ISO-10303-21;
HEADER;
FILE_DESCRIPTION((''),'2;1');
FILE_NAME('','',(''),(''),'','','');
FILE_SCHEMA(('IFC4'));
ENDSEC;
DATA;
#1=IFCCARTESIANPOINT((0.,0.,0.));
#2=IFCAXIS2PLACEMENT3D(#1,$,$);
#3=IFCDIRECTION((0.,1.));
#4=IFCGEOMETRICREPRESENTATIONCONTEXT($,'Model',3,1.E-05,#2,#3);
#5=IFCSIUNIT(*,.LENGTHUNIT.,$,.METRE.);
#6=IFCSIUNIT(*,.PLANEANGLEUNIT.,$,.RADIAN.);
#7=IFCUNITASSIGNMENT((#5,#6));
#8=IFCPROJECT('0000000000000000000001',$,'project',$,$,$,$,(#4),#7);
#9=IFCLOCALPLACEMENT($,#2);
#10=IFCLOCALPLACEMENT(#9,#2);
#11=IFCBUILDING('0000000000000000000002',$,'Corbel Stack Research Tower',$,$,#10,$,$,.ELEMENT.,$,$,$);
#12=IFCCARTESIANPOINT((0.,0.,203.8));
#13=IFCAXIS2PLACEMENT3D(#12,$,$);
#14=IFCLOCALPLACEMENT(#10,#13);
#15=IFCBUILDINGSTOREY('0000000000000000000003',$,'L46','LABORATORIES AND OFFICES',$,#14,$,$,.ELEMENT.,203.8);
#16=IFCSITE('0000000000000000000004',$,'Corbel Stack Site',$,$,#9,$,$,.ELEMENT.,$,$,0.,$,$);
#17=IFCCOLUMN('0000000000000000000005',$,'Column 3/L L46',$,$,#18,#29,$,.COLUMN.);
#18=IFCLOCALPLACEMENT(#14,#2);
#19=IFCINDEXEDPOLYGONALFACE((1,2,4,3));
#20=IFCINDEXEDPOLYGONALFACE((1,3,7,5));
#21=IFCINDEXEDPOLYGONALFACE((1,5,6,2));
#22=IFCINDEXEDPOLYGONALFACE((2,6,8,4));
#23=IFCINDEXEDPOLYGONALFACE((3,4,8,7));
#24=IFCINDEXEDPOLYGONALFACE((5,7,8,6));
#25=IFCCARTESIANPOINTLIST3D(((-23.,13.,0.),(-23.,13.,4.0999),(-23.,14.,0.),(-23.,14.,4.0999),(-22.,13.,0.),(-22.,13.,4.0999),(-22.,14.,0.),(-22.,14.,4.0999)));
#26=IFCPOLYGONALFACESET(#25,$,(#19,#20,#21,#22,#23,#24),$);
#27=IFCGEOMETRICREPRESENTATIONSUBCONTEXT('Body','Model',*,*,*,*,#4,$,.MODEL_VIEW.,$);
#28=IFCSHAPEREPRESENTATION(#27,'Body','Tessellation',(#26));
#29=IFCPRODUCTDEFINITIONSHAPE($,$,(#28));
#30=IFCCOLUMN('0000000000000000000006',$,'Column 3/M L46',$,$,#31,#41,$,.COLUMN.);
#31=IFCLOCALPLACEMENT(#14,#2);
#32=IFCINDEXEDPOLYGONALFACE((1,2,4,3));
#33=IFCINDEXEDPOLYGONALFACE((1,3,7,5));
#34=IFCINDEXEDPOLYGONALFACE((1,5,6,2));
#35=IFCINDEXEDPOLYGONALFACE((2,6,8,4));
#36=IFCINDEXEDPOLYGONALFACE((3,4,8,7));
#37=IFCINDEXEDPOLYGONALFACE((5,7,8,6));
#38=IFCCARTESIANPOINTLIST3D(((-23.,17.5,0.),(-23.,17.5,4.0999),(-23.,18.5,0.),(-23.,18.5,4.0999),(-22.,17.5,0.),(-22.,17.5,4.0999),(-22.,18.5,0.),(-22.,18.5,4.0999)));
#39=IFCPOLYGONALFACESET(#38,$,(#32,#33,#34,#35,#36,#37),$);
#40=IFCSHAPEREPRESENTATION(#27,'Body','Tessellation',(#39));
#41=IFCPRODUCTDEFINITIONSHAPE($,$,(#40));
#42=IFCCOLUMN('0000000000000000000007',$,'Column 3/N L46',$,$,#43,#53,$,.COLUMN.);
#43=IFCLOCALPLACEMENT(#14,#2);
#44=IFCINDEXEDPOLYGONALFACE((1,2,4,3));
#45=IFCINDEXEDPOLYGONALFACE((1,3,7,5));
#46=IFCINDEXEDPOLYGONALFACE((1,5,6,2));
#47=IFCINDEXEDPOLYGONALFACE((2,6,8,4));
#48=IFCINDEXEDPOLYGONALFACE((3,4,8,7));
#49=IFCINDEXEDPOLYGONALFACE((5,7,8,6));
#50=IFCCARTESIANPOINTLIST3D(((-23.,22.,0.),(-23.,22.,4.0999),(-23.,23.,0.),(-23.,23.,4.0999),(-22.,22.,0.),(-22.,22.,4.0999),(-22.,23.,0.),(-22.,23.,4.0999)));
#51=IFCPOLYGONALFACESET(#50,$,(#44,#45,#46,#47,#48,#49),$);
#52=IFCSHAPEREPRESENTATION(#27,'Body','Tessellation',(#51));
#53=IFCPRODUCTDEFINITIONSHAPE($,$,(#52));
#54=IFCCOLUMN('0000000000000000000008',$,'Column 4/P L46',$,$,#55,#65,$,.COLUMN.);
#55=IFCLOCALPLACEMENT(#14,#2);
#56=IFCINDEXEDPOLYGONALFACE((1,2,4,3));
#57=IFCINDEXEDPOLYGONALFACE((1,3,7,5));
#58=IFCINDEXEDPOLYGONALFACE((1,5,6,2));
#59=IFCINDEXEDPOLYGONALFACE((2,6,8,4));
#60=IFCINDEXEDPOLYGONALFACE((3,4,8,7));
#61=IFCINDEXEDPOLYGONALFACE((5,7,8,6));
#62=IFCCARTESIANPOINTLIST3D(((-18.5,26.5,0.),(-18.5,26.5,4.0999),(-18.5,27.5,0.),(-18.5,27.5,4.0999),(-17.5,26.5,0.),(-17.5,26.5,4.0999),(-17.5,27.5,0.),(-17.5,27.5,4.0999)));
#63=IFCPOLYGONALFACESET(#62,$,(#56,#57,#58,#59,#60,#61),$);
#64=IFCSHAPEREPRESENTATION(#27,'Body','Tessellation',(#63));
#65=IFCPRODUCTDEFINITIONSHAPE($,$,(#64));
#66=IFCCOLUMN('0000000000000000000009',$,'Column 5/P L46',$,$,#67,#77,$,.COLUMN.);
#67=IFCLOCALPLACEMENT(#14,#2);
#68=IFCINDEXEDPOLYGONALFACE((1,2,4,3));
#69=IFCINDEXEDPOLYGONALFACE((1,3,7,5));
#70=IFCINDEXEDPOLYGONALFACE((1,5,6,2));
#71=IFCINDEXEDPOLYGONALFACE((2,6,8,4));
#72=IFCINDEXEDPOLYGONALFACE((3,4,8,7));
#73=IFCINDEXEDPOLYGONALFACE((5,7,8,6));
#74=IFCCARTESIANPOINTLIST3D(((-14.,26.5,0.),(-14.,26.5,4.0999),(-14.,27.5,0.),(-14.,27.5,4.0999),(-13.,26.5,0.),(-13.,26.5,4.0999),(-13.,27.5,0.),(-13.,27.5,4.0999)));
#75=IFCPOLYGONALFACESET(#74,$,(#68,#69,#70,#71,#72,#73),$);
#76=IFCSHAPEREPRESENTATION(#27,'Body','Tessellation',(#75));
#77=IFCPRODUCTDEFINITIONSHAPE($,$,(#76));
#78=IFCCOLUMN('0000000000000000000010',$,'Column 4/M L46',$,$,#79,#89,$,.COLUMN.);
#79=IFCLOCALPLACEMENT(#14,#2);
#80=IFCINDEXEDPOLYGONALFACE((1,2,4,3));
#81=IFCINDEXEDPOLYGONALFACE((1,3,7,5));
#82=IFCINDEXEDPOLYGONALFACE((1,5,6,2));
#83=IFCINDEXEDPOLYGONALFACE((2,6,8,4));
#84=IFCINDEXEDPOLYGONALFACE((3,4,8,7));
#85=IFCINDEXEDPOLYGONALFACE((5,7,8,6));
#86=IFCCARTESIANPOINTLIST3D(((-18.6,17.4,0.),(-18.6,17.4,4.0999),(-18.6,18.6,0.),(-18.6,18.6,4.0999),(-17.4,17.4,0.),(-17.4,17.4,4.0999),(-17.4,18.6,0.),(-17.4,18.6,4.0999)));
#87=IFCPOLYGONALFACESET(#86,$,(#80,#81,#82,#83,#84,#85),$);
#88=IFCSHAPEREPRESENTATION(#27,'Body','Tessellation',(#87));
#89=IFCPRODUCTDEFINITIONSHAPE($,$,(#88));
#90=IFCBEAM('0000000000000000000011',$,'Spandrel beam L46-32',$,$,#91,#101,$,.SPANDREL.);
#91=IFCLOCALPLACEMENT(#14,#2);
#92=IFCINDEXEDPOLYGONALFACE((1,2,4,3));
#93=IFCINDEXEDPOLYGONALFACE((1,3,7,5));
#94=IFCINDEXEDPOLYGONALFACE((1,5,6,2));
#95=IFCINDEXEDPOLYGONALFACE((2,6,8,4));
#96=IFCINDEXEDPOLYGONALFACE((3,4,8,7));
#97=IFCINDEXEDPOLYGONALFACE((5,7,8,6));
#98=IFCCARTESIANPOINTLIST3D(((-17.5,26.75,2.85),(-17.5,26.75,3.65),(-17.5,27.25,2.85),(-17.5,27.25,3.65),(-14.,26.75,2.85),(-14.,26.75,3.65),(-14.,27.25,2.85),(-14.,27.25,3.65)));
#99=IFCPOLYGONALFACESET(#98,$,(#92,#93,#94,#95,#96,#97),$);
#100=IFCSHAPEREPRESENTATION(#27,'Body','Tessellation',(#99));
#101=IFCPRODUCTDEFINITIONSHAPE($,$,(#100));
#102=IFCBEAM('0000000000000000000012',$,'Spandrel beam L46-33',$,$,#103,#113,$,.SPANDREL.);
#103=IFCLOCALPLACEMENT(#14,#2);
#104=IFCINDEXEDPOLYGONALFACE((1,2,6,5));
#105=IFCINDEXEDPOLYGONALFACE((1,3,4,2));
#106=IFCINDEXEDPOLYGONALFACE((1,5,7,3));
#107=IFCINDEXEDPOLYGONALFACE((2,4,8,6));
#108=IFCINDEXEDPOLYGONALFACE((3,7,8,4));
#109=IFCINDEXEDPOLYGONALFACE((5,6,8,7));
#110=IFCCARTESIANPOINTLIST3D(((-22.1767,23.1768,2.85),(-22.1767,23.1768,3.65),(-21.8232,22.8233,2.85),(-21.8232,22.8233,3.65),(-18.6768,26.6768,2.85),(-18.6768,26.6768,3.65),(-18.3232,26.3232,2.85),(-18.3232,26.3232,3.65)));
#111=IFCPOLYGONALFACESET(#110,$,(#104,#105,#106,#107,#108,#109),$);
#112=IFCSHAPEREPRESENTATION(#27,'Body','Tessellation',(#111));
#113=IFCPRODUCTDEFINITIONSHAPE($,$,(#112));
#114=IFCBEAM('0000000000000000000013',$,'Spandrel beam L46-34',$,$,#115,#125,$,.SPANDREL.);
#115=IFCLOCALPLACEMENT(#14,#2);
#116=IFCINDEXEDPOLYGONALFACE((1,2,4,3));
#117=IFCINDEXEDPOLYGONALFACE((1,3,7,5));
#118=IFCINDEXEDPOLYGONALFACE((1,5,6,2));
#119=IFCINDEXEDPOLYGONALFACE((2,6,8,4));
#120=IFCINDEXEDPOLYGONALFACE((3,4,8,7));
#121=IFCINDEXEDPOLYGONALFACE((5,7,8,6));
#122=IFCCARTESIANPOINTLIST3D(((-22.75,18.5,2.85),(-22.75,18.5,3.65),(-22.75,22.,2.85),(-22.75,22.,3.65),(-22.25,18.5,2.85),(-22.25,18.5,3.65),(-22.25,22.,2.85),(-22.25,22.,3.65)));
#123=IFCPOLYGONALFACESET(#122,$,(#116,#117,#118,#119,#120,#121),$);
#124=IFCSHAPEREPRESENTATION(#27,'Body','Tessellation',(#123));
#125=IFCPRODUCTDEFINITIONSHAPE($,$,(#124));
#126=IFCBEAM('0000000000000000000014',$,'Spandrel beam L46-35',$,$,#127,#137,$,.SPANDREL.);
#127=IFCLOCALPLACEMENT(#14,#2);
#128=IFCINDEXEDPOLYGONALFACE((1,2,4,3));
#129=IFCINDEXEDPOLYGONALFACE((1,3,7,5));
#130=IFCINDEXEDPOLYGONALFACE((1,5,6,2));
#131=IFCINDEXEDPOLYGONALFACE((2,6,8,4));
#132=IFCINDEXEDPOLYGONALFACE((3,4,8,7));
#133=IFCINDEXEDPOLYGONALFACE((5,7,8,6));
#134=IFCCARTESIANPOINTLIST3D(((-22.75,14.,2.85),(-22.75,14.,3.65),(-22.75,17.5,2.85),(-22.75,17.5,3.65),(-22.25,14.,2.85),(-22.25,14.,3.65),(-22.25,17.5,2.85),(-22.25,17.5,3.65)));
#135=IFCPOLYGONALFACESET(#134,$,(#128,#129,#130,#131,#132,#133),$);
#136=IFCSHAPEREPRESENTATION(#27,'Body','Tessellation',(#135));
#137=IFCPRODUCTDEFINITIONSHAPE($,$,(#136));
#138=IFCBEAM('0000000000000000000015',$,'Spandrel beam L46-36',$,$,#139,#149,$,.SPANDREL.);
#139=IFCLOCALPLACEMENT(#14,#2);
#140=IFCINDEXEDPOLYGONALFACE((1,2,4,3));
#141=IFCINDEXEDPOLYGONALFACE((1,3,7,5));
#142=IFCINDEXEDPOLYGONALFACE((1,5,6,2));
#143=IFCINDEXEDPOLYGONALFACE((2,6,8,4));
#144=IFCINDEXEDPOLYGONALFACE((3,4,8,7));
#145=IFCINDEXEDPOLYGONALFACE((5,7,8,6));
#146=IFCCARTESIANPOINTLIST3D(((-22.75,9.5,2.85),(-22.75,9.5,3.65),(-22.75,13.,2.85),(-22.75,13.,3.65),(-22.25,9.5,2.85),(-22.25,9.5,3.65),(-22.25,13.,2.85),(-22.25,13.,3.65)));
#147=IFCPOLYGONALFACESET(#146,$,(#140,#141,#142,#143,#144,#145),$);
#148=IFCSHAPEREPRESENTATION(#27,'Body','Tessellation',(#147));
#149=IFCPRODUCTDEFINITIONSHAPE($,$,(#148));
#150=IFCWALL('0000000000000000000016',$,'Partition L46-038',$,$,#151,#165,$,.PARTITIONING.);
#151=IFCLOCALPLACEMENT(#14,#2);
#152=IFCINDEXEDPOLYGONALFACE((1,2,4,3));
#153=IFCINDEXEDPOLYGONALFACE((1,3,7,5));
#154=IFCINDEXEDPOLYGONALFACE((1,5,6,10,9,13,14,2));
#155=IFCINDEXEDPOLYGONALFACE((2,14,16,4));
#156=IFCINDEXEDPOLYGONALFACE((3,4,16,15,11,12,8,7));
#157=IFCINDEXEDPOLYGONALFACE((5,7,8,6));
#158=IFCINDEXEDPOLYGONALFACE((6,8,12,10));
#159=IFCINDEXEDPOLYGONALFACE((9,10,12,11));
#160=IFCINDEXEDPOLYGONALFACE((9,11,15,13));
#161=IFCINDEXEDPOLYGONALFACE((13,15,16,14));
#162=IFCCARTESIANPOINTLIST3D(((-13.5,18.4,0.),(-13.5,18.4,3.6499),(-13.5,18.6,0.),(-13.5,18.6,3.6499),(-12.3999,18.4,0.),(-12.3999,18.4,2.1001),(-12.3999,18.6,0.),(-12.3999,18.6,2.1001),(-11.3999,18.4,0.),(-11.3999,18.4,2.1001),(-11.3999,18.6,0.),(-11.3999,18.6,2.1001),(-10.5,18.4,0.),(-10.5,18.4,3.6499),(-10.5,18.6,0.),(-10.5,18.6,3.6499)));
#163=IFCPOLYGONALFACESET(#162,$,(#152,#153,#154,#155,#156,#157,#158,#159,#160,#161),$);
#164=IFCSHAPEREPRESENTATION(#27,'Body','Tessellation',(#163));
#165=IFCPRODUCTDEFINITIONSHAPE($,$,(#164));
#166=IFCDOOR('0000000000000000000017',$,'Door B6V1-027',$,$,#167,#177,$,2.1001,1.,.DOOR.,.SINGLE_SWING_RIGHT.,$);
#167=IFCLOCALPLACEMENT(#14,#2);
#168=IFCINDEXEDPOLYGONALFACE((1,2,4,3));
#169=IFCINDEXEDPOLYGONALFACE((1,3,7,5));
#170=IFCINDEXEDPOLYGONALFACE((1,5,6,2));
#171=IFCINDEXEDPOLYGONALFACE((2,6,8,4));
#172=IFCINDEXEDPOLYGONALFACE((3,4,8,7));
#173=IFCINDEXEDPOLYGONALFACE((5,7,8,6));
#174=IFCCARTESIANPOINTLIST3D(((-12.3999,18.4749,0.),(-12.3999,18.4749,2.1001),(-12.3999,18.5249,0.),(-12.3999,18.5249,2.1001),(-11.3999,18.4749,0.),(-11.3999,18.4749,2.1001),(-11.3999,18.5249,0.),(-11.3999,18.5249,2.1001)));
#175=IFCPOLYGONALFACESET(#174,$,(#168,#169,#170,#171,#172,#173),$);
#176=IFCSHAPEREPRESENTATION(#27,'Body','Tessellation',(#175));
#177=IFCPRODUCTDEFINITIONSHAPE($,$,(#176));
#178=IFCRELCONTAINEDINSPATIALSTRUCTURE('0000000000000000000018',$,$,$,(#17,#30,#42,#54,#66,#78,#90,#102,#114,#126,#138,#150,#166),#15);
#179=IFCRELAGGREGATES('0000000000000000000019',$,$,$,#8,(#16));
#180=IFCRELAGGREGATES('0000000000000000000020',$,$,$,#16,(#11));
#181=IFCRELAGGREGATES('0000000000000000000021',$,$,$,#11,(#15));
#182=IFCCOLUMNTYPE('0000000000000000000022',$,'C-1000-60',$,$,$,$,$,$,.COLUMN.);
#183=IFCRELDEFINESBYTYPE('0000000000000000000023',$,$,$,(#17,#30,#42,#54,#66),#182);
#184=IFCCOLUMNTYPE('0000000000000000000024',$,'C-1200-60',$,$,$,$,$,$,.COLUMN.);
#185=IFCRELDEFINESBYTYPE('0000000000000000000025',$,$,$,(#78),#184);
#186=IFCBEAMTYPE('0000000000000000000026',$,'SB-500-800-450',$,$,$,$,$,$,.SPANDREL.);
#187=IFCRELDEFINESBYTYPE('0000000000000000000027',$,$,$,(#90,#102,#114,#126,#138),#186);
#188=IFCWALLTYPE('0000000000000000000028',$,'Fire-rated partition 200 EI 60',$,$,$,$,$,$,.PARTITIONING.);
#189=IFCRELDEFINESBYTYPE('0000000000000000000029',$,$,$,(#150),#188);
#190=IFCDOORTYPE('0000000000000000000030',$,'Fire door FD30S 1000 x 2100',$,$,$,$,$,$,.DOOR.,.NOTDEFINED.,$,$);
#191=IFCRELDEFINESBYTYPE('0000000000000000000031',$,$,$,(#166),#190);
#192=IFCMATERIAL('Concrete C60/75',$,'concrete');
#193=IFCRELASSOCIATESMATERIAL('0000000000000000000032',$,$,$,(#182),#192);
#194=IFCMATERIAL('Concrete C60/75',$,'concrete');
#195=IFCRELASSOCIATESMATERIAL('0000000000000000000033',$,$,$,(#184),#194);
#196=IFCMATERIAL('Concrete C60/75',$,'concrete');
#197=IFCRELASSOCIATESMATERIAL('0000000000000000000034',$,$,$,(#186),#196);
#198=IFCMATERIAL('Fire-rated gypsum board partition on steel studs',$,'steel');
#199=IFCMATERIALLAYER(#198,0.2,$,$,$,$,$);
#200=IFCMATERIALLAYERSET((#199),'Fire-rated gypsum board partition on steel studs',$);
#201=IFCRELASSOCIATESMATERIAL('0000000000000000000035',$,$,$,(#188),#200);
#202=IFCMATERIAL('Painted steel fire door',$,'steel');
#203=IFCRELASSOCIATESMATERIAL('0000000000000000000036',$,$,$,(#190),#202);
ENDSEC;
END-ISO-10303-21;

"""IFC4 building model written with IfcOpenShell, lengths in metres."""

from ifc_helpers import new_model, si_unit, direction, frame, frame_2d, origin, origin_2d, place, context, subcontext, project, spatial, rectangle, extrude, material, layer, layer_set, material_profile, profile_set, type_object, element, fill, save


model = new_model("IFC4")

# Units and contexts
model_context = context("Model", 3, precision=1e-05, world=origin(), true_north=direction((0.0, 1.0)))
body_context = subcontext(model_context, "Body", "Model", "MODEL_VIEW")
ifc_project = project(units=[si_unit("LENGTHUNIT", "METRE"), si_unit("PLANEANGLEUNIT", "RADIAN")], contexts=[model_context])

# Site, building, storey
site_placement = place(None, origin())
site = spatial("IfcSite", under=ifc_project, at=site_placement, Name="Corbel Stack Site", CompositionType="ELEMENT", RefElevation=0.0)
building_placement = place(site_placement, origin())
building = spatial("IfcBuilding", under=site, at=building_placement, Name="Corbel Stack Research Tower", CompositionType="ELEMENT")
storey_placement = place(building_placement, frame((0.0, 0.0, 203.8)))
storey = spatial("IfcBuildingStorey", under=building, at=storey_placement, Name="L46", Description="LABORATORIES AND OFFICES", CompositionType="ELEMENT", Elevation=203.8)

# Columns
ifc_material_1 = material(Name="Concrete C60/75", Category="concrete")
ifc_material_profile_1 = material_profile(ifc_material_1, rectangle(XDim=1.0, YDim=1.0, at=origin_2d()), Name="RC 1000 x 1000")
ifc_profile_set_1 = profile_set([ifc_material_profile_1], Name="Concrete C60/75")
column_type_1 = type_object("IfcColumnType", Name="C-1000-60", PredefinedType="COLUMN", material=ifc_profile_set_1)
for number, where, z_axis, x_axis, name in (
    (1, (-22.5, 13.5, 0.0), (0.0, 0.0, 1.0), (1.0, 0.0, 0.0), "Column 3/L L46"),
    (2, (-22.5, 18.0, 0.0), (0.0, 0.0, 1.0), (1.0, 0.0, 0.0), "Column 3/M L46"),
    (3, (-22.5, 22.5, 0.0), (0.0, 0.0, 1.0), (1.0, 0.0, 0.0), "Column 3/N L46"),
    (4, (-18.0, 27.0, 0.0), (0.0, 0.0, 1.0), (1.0, 0.0, 0.0), "Column 4/P L46"),
    (5, (-13.5, 27.0, 0.0), (0.0, 0.0, 1.0), (1.0, 0.0, 0.0), "Column 5/P L46"),
):
    element("IfcColumn", number, at=place(storey_placement, frame(where, z_axis=z_axis, x_axis=x_axis)), inside=storey, type_object=column_type_1, Name=name, PredefinedType="COLUMN", context=body_context, shape_type="SweptSolid", body=[
        extrude(rectangle(XDim=1.0, YDim=1.0, at=origin_2d()), origin(), (0.0, 0.0, 1.0), 4.0999),
    ])
ifc_material_2 = material(Name="Concrete C60/75", Category="concrete")
ifc_material_profile_2 = material_profile(ifc_material_2, rectangle(XDim=1.2, YDim=1.2, at=origin_2d()), Name="RC 1200 x 1200")
ifc_profile_set_2 = profile_set([ifc_material_profile_2], Name="Concrete C60/75")
column_type_2 = type_object("IfcColumnType", Name="C-1200-60", PredefinedType="COLUMN", material=ifc_profile_set_2)
column_placement = place(storey_placement, frame((-18.0, 18.0, 0.0), z_axis=(0.0, 0.0, 1.0), x_axis=(1.0, 0.0, 0.0)))
element("IfcColumn", 6, at=column_placement, inside=storey, type_object=column_type_2, Name="Column 4/M L46", PredefinedType="COLUMN", context=body_context, shape_type="SweptSolid", body=[
    extrude(rectangle(XDim=1.2, YDim=1.2, at=origin_2d()), origin(), (0.0, 0.0, 1.0), 4.0999),
])

# Beams
ifc_material_3 = material(Name="Concrete C60/75", Category="concrete")
ifc_material_profile_3 = material_profile(ifc_material_3, rectangle(XDim=0.5, YDim=0.8, at=origin_2d()), Name="RC 500 x 800")
ifc_profile_set_3 = profile_set([ifc_material_profile_3], Name="Concrete C60/75")
beam_type = type_object("IfcBeamType", Name="SB-500-800-450", PredefinedType="SPANDREL", material=ifc_profile_set_3)
beam_1_placement = place(storey_placement, frame((-14.0, 27.0, 3.25), z_axis=(-1.0, 0.0, 0.0), x_axis=(0.0, -1.0, 0.0)))
element("IfcBeam", 7, at=beam_1_placement, inside=storey, type_object=beam_type, Name="Spandrel beam L46-32", PredefinedType="SPANDREL", context=body_context, shape_type="SweptSolid", body=[
    extrude(rectangle(XDim=0.5, YDim=0.8, at=origin_2d()), origin(), (0.0, 0.0, 1.0), 3.5),
])
beam_2_placement = place(storey_placement, frame((-18.5, 26.5, 3.25), z_axis=(-0.707107, -0.707107, 0.0), x_axis=(0.707107, -0.707107, 0.0)))
element("IfcBeam", 8, at=beam_2_placement, inside=storey, type_object=beam_type, Name="Spandrel beam L46-33", PredefinedType="SPANDREL", context=body_context, shape_type="SweptSolid", body=[
    extrude(rectangle(XDim=0.5, YDim=0.8, at=origin_2d()), origin(), (0.0, 0.0, 1.0), 4.9497),
])
for number, where, z_axis, x_axis, name in (
    (9, (-22.5, 22.0, 3.25), (0.0, -1.0, 0.0), (1.0, 0.0, 0.0), "Spandrel beam L46-34"),
    (10, (-22.5, 17.5, 3.25), (0.0, -1.0, 0.0), (1.0, 0.0, 0.0), "Spandrel beam L46-35"),
    (11, (-22.5, 13.0, 3.25), (0.0, -1.0, 0.0), (1.0, 0.0, 0.0), "Spandrel beam L46-36"),
):
    element("IfcBeam", number, at=place(storey_placement, frame(where, z_axis=z_axis, x_axis=x_axis)), inside=storey, type_object=beam_type, Name=name, PredefinedType="SPANDREL", context=body_context, shape_type="SweptSolid", body=[
        extrude(rectangle(XDim=0.5, YDim=0.8, at=origin_2d()), origin(), (0.0, 0.0, 1.0), 3.5),
    ])

# Wall, opening, door
ifc_material_4 = material(Name="Fire-rated gypsum board partition on steel studs", Category="steel")
ifc_layer_1 = layer(ifc_material_4, 0.2)
ifc_layer_set_1 = layer_set([ifc_layer_1], Name="Fire-rated gypsum board partition on steel studs")
wall_type_1 = type_object("IfcWallType", Name="Fire-rated partition 200 EI 60", PredefinedType="PARTITIONING", material=ifc_layer_set_1)
wall_1_placement = place(storey_placement, frame((-13.5, 18.5, 0.0), z_axis=(0.0, 0.0, 1.0), x_axis=(1.0, 0.0, 0.0)))
wall_1 = element("IfcWall", 12, at=wall_1_placement, inside=storey, type_object=wall_type_1, Name="Partition L46-038", PredefinedType="PARTITIONING", context=body_context, shape_type="SweptSolid", body=[
    extrude(rectangle(XDim=3.0, YDim=0.2, at=frame_2d((1.5, 0.0))), origin(), (0.0, 0.0, 1.0), 3.6499),
])
opening_1_placement = place(wall_1_placement, frame((1.1001, 0.0, 0.0)))
opening_1 = element("IfcOpeningElement", 13, at=opening_1_placement, cuts=wall_1, PredefinedType="OPENING", context=body_context, shape_type="SweptSolid", body=[
    extrude(rectangle(XDim=1.0, YDim=2.1001, at=frame_2d((0.5, 1.05))), frame((0.0, 0.1099, 0.0), z_axis=(0.0, -1.0, 0.0), x_axis=(1.0, 0.0, 0.0)), (0.0, 0.0, 1.0), 0.22),
])
ifc_material_5 = material(Name="Painted steel fire door", Category="steel")
door_type_1 = type_object("IfcDoorType", Name="Fire door FD30S 1000 x 2100", OperationType="NOTDEFINED", PredefinedType="DOOR", material=ifc_material_5)
door_1_placement = place(opening_1_placement, origin())
door_1 = element("IfcDoor", 14, at=door_1_placement, inside=storey, type_object=door_type_1, Name="Door B6V1-027", OperationType="SINGLE_SWING_RIGHT", OverallHeight=2.1001, OverallWidth=1.0, PredefinedType="DOOR", context=body_context, shape_type="SweptSolid", body=[
    extrude(rectangle(XDim=1.0, YDim=2.1001, at=frame_2d((0.5, 1.05))), frame((0.0, 0.0249, 0.0), z_axis=(0.0, -1.0, 0.0), x_axis=(1.0, 0.0, 0.0)), (0.0, 0.0, 1.0), 0.05),
])
fill(opening_1, door_1)

save(model, "model.ifc")
